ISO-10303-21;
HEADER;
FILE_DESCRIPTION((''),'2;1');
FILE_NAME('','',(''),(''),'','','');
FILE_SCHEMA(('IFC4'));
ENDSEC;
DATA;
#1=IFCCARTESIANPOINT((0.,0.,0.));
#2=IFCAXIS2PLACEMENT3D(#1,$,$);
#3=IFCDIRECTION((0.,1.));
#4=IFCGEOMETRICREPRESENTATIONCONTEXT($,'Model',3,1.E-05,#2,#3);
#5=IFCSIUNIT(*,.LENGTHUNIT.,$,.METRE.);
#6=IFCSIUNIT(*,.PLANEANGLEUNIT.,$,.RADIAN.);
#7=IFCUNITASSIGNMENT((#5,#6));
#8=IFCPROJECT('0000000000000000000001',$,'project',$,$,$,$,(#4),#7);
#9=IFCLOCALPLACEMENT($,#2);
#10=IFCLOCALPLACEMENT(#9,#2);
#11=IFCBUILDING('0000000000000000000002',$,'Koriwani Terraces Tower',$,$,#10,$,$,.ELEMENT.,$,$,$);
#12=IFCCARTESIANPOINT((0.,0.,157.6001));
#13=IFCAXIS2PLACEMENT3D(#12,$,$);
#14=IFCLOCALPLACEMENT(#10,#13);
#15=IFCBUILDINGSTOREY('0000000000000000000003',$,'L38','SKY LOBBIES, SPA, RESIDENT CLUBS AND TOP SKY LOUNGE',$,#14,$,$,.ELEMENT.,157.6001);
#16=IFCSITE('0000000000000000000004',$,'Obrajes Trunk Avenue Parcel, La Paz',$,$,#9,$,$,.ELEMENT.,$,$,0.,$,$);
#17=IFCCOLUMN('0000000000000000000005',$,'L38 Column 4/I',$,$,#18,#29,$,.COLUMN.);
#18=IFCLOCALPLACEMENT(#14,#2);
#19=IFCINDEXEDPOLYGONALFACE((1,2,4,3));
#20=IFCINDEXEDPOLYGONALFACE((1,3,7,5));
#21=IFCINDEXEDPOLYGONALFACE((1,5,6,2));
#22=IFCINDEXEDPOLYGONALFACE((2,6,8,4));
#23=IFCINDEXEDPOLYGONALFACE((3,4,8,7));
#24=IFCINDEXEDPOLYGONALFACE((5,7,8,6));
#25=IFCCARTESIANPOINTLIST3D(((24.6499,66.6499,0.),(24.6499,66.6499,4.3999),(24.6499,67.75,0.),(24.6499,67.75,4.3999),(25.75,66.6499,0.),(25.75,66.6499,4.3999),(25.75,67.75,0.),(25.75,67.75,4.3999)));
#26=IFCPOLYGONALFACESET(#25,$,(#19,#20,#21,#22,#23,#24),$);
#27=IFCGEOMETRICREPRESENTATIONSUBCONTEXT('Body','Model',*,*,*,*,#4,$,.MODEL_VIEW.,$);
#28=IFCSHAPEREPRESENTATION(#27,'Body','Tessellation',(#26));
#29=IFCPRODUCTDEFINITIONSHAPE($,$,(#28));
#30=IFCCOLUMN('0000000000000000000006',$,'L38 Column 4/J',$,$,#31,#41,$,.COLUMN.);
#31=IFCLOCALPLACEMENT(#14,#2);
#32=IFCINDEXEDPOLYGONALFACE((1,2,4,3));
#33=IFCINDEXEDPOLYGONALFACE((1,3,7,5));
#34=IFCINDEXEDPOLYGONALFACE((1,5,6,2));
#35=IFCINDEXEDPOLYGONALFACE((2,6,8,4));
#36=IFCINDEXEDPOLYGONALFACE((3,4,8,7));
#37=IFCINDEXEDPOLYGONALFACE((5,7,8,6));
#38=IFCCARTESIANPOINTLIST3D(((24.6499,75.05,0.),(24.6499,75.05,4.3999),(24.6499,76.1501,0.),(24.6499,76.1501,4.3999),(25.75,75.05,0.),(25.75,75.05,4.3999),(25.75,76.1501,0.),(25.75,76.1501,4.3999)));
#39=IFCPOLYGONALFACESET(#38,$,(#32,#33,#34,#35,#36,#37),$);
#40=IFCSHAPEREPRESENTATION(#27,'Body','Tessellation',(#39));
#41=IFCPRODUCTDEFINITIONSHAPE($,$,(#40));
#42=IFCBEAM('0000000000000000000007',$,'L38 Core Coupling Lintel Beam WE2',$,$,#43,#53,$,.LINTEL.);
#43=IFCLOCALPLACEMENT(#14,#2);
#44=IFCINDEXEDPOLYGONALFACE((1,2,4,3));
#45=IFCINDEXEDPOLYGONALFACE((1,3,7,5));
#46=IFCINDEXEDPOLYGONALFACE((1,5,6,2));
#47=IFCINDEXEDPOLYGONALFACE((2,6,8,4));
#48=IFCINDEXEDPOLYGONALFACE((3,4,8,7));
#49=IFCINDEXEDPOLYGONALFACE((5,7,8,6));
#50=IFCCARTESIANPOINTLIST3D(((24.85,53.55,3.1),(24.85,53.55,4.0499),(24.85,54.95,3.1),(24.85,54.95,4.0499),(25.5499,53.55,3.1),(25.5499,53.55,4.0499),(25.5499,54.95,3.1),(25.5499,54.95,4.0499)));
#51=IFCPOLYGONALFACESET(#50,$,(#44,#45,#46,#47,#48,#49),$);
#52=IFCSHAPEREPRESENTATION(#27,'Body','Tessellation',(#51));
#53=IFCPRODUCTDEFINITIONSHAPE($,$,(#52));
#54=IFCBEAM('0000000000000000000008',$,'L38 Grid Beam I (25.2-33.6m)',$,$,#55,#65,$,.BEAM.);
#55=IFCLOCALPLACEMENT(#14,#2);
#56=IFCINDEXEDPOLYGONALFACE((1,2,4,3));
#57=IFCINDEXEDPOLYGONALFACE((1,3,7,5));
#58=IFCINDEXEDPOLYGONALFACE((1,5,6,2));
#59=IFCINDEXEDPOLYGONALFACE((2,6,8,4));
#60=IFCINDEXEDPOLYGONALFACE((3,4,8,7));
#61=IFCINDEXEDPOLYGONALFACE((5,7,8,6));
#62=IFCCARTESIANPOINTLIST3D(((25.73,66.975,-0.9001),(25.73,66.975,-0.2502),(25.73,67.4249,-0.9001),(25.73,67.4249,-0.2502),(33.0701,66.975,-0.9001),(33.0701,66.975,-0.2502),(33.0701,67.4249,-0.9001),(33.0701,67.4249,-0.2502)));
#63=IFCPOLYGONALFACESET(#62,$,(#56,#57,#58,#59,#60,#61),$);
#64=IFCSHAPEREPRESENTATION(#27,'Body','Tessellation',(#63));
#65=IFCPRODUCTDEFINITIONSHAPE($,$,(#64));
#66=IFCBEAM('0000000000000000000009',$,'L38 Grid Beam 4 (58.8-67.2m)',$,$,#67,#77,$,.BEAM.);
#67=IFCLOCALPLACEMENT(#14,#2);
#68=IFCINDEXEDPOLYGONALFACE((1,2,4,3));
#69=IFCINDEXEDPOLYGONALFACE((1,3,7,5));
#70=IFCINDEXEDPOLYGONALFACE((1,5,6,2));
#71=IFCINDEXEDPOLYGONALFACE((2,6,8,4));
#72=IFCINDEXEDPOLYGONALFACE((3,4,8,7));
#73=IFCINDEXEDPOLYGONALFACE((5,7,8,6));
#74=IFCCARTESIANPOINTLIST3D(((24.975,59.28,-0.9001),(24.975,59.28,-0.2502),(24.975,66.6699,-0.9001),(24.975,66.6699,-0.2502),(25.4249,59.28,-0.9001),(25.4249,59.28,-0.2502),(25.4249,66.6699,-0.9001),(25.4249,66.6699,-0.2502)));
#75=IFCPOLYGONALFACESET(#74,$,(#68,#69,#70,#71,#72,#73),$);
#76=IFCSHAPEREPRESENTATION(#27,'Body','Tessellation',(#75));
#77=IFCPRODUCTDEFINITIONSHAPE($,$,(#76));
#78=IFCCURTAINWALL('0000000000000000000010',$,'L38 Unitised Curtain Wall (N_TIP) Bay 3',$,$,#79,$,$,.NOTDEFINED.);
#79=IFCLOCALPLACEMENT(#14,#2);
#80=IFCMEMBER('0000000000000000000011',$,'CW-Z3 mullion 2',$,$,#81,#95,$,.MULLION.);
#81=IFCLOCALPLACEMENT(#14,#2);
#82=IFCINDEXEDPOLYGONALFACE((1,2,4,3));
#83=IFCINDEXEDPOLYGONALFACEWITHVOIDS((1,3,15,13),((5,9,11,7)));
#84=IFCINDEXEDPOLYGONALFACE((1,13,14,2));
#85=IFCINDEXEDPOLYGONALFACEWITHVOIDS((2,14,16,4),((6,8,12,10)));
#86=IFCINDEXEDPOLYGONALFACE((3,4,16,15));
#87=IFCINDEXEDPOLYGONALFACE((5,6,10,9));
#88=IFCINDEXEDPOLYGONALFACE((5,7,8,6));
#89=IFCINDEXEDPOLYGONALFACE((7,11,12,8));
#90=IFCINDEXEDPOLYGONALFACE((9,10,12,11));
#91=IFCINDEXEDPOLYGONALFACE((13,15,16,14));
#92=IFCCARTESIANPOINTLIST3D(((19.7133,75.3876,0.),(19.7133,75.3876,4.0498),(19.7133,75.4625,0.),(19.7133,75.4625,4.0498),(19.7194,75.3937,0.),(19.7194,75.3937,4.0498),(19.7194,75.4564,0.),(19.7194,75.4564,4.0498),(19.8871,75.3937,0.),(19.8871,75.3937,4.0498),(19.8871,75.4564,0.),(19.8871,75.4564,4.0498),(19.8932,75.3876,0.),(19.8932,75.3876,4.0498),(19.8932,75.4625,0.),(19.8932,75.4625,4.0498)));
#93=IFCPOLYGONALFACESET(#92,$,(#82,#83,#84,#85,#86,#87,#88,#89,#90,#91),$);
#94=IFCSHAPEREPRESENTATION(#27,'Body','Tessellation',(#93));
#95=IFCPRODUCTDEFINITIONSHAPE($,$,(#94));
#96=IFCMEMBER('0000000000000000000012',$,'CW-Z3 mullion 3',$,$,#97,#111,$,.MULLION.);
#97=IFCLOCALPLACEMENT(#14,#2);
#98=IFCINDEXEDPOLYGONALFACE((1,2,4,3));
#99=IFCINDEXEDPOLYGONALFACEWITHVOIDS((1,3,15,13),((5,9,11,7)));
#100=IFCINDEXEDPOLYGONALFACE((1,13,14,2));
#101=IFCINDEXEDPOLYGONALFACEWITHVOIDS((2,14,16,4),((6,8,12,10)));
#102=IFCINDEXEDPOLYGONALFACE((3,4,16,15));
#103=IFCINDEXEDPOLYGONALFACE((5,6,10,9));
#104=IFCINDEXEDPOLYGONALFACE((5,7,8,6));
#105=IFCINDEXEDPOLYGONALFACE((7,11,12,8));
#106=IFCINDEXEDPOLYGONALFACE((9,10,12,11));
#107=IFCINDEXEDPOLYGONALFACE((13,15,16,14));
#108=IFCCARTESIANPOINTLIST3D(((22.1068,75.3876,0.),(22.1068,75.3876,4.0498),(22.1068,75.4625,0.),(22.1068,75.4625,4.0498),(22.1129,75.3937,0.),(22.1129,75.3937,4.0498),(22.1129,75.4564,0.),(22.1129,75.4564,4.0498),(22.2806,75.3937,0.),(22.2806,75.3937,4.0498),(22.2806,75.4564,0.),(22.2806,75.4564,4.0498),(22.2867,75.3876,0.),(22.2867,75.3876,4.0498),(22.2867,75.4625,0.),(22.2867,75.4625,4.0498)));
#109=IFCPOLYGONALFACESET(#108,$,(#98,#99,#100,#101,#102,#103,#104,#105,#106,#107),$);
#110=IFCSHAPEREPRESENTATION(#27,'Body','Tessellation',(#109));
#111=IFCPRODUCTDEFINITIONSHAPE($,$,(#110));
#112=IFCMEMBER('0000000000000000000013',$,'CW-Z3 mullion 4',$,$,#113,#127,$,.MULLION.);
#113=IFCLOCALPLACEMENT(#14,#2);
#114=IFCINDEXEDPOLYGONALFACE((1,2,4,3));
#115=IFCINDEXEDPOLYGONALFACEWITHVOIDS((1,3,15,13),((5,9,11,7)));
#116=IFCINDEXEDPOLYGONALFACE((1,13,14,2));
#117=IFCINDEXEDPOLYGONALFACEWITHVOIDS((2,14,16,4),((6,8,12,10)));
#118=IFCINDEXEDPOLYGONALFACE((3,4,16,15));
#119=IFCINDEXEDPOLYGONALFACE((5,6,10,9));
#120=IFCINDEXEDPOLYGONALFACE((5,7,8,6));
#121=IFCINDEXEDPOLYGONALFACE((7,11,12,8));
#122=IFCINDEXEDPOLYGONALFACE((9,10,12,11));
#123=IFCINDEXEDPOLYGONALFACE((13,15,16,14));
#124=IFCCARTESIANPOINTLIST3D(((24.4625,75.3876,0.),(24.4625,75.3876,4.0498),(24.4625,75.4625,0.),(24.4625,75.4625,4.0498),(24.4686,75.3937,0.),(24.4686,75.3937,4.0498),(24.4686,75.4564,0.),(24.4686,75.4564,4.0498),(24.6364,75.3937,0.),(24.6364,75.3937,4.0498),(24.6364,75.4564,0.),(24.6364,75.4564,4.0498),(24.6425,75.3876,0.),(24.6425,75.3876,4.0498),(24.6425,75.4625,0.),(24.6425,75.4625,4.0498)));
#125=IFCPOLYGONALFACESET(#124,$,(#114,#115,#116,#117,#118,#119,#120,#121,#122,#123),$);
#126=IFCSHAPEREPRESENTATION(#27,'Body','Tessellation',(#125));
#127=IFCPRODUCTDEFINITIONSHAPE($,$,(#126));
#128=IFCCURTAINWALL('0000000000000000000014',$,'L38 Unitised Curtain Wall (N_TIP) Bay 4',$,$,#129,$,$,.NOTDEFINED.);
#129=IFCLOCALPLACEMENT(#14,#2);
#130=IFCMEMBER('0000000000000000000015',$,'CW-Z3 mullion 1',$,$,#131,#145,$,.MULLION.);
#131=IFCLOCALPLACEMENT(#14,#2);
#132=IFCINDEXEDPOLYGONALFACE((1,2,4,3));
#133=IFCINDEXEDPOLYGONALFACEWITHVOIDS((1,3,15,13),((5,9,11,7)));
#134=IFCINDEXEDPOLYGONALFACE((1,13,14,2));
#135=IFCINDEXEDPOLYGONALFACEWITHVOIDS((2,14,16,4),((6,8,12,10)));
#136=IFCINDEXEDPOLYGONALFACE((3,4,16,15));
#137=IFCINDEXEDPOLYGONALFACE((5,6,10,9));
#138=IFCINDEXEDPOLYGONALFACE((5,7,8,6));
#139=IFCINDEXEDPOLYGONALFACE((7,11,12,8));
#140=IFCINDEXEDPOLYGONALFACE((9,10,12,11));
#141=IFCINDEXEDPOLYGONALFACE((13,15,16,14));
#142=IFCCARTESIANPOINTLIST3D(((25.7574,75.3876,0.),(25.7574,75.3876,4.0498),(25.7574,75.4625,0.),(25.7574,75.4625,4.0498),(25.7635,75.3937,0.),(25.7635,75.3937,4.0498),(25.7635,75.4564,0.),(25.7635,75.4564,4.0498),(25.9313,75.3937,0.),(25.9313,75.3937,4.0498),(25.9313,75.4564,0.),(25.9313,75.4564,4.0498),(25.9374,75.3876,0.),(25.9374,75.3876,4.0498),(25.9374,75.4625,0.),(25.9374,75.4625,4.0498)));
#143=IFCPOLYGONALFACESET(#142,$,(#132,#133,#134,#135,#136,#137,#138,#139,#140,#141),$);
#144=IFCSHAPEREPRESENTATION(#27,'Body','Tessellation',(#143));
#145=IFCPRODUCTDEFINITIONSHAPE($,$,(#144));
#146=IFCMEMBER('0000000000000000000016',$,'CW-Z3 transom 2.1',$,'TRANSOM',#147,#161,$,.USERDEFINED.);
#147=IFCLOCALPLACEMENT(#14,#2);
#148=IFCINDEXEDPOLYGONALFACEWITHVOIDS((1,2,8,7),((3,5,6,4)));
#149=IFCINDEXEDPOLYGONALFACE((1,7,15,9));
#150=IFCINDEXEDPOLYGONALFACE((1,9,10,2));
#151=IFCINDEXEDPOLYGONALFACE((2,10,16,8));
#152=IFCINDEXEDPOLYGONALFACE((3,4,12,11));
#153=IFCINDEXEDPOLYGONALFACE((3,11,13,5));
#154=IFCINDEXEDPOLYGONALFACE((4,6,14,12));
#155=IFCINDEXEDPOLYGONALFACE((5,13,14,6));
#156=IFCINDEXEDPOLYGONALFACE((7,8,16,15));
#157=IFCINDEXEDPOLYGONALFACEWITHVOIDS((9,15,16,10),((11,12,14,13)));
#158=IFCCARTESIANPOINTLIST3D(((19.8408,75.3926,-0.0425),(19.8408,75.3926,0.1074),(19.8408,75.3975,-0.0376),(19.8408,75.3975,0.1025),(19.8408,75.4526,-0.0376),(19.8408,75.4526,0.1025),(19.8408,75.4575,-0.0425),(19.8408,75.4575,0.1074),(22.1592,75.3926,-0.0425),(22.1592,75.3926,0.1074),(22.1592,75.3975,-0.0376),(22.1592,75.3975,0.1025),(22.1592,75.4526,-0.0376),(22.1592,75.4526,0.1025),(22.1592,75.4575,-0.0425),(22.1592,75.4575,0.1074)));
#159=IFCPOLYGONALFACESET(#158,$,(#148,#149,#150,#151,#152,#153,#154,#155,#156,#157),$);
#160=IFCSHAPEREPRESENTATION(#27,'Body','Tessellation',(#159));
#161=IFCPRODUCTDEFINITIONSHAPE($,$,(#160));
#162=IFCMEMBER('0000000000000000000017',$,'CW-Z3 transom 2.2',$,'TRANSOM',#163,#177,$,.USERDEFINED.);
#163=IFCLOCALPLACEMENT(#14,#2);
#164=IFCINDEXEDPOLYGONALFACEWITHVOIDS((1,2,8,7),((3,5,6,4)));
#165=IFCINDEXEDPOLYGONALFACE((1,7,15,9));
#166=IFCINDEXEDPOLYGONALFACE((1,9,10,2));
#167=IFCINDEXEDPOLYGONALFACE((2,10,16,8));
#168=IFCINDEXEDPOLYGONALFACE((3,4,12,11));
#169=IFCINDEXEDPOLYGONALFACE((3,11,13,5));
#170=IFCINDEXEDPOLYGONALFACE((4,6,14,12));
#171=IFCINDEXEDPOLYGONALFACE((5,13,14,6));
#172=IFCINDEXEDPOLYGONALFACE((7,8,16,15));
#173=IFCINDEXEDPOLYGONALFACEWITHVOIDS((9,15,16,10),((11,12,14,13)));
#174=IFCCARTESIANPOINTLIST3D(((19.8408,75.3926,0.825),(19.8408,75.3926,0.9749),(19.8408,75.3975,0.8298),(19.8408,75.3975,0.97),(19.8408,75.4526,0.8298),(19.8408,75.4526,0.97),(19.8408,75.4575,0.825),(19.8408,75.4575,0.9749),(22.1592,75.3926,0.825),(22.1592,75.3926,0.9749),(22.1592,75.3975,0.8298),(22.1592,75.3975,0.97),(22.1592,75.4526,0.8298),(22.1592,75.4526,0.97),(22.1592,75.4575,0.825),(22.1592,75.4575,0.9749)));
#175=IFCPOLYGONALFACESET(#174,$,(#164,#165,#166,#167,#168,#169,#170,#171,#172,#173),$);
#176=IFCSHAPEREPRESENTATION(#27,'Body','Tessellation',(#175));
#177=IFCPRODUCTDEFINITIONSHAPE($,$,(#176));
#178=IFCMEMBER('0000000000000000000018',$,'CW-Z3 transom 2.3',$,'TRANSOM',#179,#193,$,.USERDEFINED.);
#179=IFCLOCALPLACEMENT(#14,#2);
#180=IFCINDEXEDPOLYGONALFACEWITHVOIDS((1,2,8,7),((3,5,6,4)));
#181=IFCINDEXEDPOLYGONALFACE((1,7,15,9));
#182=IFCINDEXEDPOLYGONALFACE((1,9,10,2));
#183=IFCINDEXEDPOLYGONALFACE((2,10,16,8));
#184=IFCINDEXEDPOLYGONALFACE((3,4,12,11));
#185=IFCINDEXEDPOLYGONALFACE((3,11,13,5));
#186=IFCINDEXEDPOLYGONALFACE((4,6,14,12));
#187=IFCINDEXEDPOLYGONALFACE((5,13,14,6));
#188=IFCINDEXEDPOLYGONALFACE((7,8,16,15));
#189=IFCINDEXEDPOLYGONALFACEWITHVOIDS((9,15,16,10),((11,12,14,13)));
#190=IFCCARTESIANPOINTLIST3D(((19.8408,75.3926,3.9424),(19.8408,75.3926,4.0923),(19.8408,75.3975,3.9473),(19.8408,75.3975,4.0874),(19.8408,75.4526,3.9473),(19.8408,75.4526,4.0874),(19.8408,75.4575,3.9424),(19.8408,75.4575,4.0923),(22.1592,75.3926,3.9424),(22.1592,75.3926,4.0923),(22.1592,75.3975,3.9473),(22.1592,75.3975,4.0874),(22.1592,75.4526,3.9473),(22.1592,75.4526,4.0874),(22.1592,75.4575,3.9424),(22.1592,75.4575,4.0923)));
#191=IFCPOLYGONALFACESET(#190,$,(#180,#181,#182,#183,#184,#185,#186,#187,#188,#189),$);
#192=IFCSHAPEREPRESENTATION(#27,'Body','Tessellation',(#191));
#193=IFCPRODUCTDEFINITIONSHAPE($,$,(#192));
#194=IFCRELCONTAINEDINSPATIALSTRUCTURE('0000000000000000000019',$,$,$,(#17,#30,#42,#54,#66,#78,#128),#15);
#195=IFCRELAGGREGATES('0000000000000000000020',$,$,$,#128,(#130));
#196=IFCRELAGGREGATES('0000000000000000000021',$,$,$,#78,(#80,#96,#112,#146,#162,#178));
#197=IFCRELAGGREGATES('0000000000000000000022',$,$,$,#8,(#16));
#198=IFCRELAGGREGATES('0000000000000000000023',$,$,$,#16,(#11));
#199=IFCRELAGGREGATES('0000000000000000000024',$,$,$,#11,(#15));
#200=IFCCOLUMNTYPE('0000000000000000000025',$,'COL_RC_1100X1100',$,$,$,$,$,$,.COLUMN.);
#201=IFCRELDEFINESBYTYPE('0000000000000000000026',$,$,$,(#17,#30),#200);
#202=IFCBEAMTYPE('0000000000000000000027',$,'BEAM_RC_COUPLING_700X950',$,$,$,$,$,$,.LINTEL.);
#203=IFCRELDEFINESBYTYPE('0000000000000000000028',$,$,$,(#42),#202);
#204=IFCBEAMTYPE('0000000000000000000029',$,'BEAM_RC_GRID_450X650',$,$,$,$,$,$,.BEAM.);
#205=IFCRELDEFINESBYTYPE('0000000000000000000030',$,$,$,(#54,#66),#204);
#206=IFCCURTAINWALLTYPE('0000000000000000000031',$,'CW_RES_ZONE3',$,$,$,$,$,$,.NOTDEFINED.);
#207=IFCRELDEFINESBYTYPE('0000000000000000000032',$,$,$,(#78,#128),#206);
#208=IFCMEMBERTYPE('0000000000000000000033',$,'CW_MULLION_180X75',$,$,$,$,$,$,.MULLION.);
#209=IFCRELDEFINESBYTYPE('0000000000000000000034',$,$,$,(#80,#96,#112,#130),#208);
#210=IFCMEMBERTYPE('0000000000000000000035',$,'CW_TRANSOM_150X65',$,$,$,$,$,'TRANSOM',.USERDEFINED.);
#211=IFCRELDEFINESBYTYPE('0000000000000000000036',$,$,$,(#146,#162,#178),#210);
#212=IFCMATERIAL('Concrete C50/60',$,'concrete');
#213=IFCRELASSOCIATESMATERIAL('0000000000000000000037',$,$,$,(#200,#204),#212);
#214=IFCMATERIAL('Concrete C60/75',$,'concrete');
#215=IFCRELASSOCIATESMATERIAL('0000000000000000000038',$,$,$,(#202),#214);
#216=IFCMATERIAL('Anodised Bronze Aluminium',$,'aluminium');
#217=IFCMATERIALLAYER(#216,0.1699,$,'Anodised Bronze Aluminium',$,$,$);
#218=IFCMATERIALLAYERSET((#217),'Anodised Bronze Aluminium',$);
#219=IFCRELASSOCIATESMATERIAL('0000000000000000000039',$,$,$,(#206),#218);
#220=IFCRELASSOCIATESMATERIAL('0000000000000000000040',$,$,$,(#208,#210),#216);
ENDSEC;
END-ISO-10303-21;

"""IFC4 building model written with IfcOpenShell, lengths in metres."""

from ifc_helpers import new_model, si_unit, direction, frame, origin, origin_2d, place, context, subcontext, project, spatial, rectangle, hollow_rectangle, extrude, material, layer, layer_set, material_profile, profile_set, type_object, element, aggregate, save


model = new_model("IFC4")

# Units and contexts
model_context = context("Model", 3, precision=1e-05, world=origin(), true_north=direction((0.0, 1.0)))
body_context = subcontext(model_context, "Body", "Model", "MODEL_VIEW")
ifc_project = project(units=[si_unit("LENGTHUNIT", "METRE"), si_unit("PLANEANGLEUNIT", "RADIAN")], contexts=[model_context])

# Site, building, storey
site_placement = place(None, origin())
site = spatial("IfcSite", under=ifc_project, at=site_placement, Name="Obrajes Trunk Avenue Parcel, La Paz", CompositionType="ELEMENT", RefElevation=0.0)
building_placement = place(site_placement, origin())
building = spatial("IfcBuilding", under=site, at=building_placement, Name="Koriwani Terraces Tower", CompositionType="ELEMENT")
storey_placement = place(building_placement, frame((0.0, 0.0, 157.6001)))
storey = spatial("IfcBuildingStorey", under=building, at=storey_placement, Name="L38", Description="SKY LOBBIES, SPA, RESIDENT CLUBS AND TOP SKY LOUNGE", CompositionType="ELEMENT", Elevation=157.6001)

# Columns
ifc_material_1 = material(Name="Concrete C50/60", Category="concrete")
ifc_material_profile_1 = material_profile(ifc_material_1, rectangle(XDim=1.1001, YDim=1.1001, at=origin_2d()), Name="Concrete C50/60", Category="LoadBearing")
ifc_profile_set_1 = profile_set([ifc_material_profile_1], Name="Concrete C50/60")
column_type = type_object("IfcColumnType", Name="COL_RC_1100X1100", PredefinedType="COLUMN", material=ifc_profile_set_1)
for number, where, z_axis, x_axis, name in (
    (1, (25.2, 67.2, 0.0), (0.0, 0.0, 1.0), (1.0, 0.0, 0.0), "L38 Column 4/I"),
    (2, (25.2, 75.6001, 0.0), (0.0, 0.0, 1.0), (1.0, 0.0, 0.0), "L38 Column 4/J"),
):
    element("IfcColumn", number, at=place(storey_placement, frame(where, z_axis=z_axis, x_axis=x_axis)), inside=storey, type_object=column_type, Name=name, PredefinedType="COLUMN", context=body_context, shape_type="SweptSolid", body=[
        extrude(rectangle(XDim=1.1001, YDim=1.1001, at=origin_2d()), origin(), (0.0, 0.0, 1.0), 4.3999),
    ])

# Beams
ifc_material_2 = material(Name="Concrete C60/75", Category="concrete")
ifc_material_profile_2 = material_profile(ifc_material_2, rectangle(XDim=0.7, YDim=0.95, at=origin_2d()), Name="Concrete C60/75", Category="LoadBearing")
ifc_profile_set_2 = profile_set([ifc_material_profile_2], Name="Concrete C60/75")
beam_type_1 = type_object("IfcBeamType", Name="BEAM_RC_COUPLING_700X950", PredefinedType="LINTEL", material=ifc_profile_set_2)
beam_1_placement = place(storey_placement, frame((25.2, 53.55, 3.575), z_axis=(0.0, 1.0, 0.0), x_axis=(-1.0, 0.0, 0.0)))
element("IfcBeam", 3, at=beam_1_placement, inside=storey, type_object=beam_type_1, Name="L38 Core Coupling Lintel Beam WE2", PredefinedType="LINTEL", context=body_context, shape_type="SweptSolid", body=[
    extrude(rectangle(XDim=0.7, YDim=0.95, at=origin_2d()), origin(), (0.0, 0.0, 1.0), 1.3999),
])
ifc_material_profile_3 = material_profile(ifc_material_1, rectangle(XDim=0.45, YDim=0.6499, at=origin_2d()), Name="Concrete C50/60", Category="LoadBearing")
ifc_profile_set_3 = profile_set([ifc_material_profile_3], Name="Concrete C50/60")
beam_type_2 = type_object("IfcBeamType", Name="BEAM_RC_GRID_450X650", PredefinedType="BEAM", material=ifc_profile_set_3)
beam_2_placement = place(storey_placement, frame((25.73, 67.2, -0.5752), z_axis=(1.0, 0.0, 0.0), x_axis=(0.0, 1.0, 0.0)))
element("IfcBeam", 4, at=beam_2_placement, inside=storey, type_object=beam_type_2, Name="L38 Grid Beam I (25.2-33.6m)", PredefinedType="BEAM", context=body_context, shape_type="SweptSolid", body=[
    extrude(rectangle(XDim=0.45, YDim=0.6499, at=origin_2d()), origin(), (0.0, 0.0, 1.0), 7.3401),
])
beam_3_placement = place(storey_placement, frame((25.2, 59.28, -0.5752), z_axis=(0.0, 1.0, 0.0), x_axis=(-1.0, 0.0, 0.0)))
element("IfcBeam", 5, at=beam_3_placement, inside=storey, type_object=beam_type_2, Name="L38 Grid Beam 4 (58.8-67.2m)", PredefinedType="BEAM", context=body_context, shape_type="SweptSolid", body=[
    extrude(rectangle(XDim=0.45, YDim=0.6499, at=origin_2d()), origin(), (0.0, 0.0, 1.0), 7.3899),
])

# Curtain wall, members
ifc_material_3 = material(Name="Anodised Bronze Aluminium", Category="aluminium")
ifc_layer_1 = layer(ifc_material_3, 0.1699, Name="Anodised Bronze Aluminium")
ifc_layer_set_1 = layer_set([ifc_layer_1], Name="Anodised Bronze Aluminium")
curtain_wall_type = type_object("IfcCurtainWallType", Name="CW_RES_ZONE3", PredefinedType="NOTDEFINED", material=ifc_layer_set_1)
curtain_wall_1_placement = place(storey_placement, origin())
curtain_wall_1 = element("IfcCurtainWall", 6, at=curtain_wall_1_placement, inside=storey, type_object=curtain_wall_type, Name="L38 Unitised Curtain Wall (N_TIP) Bay 3", PredefinedType="NOTDEFINED")
ifc_material_profile_4 = material_profile(ifc_material_3, hollow_rectangle(XDim=0.075, YDim=0.1799, WallThickness=0.0061, at=origin_2d()), Name="Anodised Bronze Aluminium", Category="LoadBearing")
ifc_profile_set_4 = profile_set([ifc_material_profile_4], Name="Anodised Bronze Aluminium")
member_type_1 = type_object("IfcMemberType", Name="CW_MULLION_180X75", PredefinedType="MULLION", material=ifc_profile_set_4)
member_1_placement = place(storey_placement, frame((19.8032, 75.425, 0.0), z_axis=(0.0, 0.0, 1.0), x_axis=(0.0, 1.0, 0.0)))
member_1 = element("IfcMember", 7, at=member_1_placement, type_object=member_type_1, Name="CW-Z3 mullion 2", PredefinedType="MULLION", context=body_context, shape_type="SweptSolid", body=[
    extrude(hollow_rectangle(XDim=0.075, YDim=0.1799, WallThickness=0.0061, at=origin_2d()), origin(), (0.0, 0.0, 1.0), 4.0498),
])
member_2_placement = place(storey_placement, frame((22.1968, 75.425, 0.0), z_axis=(0.0, 0.0, 1.0), x_axis=(0.0, 1.0, 0.0)))
member_2 = element("IfcMember", 8, at=member_2_placement, type_object=member_type_1, Name="CW-Z3 mullion 3", PredefinedType="MULLION", context=body_context, shape_type="SweptSolid", body=[
    extrude(hollow_rectangle(XDim=0.075, YDim=0.1799, WallThickness=0.0061, at=origin_2d()), origin(), (0.0, 0.0, 1.0), 4.0498),
])
member_3_placement = place(storey_placement, frame((24.5525, 75.425, 0.0), z_axis=(0.0, 0.0, 1.0), x_axis=(0.0, 1.0, 0.0)))
member_3 = element("IfcMember", 9, at=member_3_placement, type_object=member_type_1, Name="CW-Z3 mullion 4", PredefinedType="MULLION", context=body_context, shape_type="SweptSolid", body=[
    extrude(hollow_rectangle(XDim=0.075, YDim=0.1799, WallThickness=0.0061, at=origin_2d()), origin(), (0.0, 0.0, 1.0), 4.0498),
])

# Curtain wall, member
curtain_wall_2_placement = place(storey_placement, origin())
curtain_wall_2 = element("IfcCurtainWall", 10, at=curtain_wall_2_placement, inside=storey, type_object=curtain_wall_type, Name="L38 Unitised Curtain Wall (N_TIP) Bay 4", PredefinedType="NOTDEFINED")
member_4_placement = place(storey_placement, frame((25.8474, 75.425, 0.0), z_axis=(0.0, 0.0, 1.0), x_axis=(0.0, 1.0, 0.0)))
member_4 = element("IfcMember", 11, at=member_4_placement, type_object=member_type_1, Name="CW-Z3 mullion 1", PredefinedType="MULLION", context=body_context, shape_type="SweptSolid", body=[
    extrude(hollow_rectangle(XDim=0.075, YDim=0.1799, WallThickness=0.0061, at=origin_2d()), origin(), (0.0, 0.0, 1.0), 4.0498),
])

# Members
ifc_material_profile_5 = material_profile(ifc_material_3, hollow_rectangle(XDim=0.0649, YDim=0.1499, WallThickness=0.0049, at=origin_2d()), Name="Anodised Bronze Aluminium", Category="LoadBearing")
ifc_profile_set_5 = profile_set([ifc_material_profile_5], Name="Anodised Bronze Aluminium")
member_type_2 = type_object("IfcMemberType", Name="CW_TRANSOM_150X65", ElementType="TRANSOM", PredefinedType="USERDEFINED", material=ifc_profile_set_5)
member_5_placement = place(storey_placement, frame((19.8408, 75.425, 0.0325), z_axis=(1.0, 0.0, 0.0), x_axis=(0.0, 1.0, 0.0)))
member_5 = element("IfcMember", 12, at=member_5_placement, type_object=member_type_2, Name="CW-Z3 transom 2.1", ObjectType="TRANSOM", PredefinedType="USERDEFINED", context=body_context, shape_type="SweptSolid", body=[
    extrude(hollow_rectangle(XDim=0.0649, YDim=0.1499, WallThickness=0.0049, at=origin_2d()), origin(), (0.0, 0.0, 1.0), 2.3184),
])
member_6_placement = place(storey_placement, frame((19.8408, 75.425, 0.8999), z_axis=(1.0, 0.0, 0.0), x_axis=(0.0, 1.0, 0.0)))
member_6 = element("IfcMember", 13, at=member_6_placement, type_object=member_type_2, Name="CW-Z3 transom 2.2", ObjectType="TRANSOM", PredefinedType="USERDEFINED", context=body_context, shape_type="SweptSolid", body=[
    extrude(hollow_rectangle(XDim=0.0649, YDim=0.1499, WallThickness=0.0049, at=origin_2d()), origin(), (0.0, 0.0, 1.0), 2.3184),
])
member_7_placement = place(storey_placement, frame((19.8408, 75.425, 4.0173), z_axis=(1.0, 0.0, 0.0), x_axis=(0.0, 1.0, 0.0)))
member_7 = element("IfcMember", 14, at=member_7_placement, type_object=member_type_2, Name="CW-Z3 transom 2.3", ObjectType="TRANSOM", PredefinedType="USERDEFINED", context=body_context, shape_type="SweptSolid", body=[
    extrude(hollow_rectangle(XDim=0.0649, YDim=0.1499, WallThickness=0.0049, at=origin_2d()), origin(), (0.0, 0.0, 1.0), 2.3184),
])
aggregate(curtain_wall_2, [member_4])

aggregate(curtain_wall_1, [member_1, member_2, member_3, member_5, member_6, member_7])

save(model, "model.ifc")
